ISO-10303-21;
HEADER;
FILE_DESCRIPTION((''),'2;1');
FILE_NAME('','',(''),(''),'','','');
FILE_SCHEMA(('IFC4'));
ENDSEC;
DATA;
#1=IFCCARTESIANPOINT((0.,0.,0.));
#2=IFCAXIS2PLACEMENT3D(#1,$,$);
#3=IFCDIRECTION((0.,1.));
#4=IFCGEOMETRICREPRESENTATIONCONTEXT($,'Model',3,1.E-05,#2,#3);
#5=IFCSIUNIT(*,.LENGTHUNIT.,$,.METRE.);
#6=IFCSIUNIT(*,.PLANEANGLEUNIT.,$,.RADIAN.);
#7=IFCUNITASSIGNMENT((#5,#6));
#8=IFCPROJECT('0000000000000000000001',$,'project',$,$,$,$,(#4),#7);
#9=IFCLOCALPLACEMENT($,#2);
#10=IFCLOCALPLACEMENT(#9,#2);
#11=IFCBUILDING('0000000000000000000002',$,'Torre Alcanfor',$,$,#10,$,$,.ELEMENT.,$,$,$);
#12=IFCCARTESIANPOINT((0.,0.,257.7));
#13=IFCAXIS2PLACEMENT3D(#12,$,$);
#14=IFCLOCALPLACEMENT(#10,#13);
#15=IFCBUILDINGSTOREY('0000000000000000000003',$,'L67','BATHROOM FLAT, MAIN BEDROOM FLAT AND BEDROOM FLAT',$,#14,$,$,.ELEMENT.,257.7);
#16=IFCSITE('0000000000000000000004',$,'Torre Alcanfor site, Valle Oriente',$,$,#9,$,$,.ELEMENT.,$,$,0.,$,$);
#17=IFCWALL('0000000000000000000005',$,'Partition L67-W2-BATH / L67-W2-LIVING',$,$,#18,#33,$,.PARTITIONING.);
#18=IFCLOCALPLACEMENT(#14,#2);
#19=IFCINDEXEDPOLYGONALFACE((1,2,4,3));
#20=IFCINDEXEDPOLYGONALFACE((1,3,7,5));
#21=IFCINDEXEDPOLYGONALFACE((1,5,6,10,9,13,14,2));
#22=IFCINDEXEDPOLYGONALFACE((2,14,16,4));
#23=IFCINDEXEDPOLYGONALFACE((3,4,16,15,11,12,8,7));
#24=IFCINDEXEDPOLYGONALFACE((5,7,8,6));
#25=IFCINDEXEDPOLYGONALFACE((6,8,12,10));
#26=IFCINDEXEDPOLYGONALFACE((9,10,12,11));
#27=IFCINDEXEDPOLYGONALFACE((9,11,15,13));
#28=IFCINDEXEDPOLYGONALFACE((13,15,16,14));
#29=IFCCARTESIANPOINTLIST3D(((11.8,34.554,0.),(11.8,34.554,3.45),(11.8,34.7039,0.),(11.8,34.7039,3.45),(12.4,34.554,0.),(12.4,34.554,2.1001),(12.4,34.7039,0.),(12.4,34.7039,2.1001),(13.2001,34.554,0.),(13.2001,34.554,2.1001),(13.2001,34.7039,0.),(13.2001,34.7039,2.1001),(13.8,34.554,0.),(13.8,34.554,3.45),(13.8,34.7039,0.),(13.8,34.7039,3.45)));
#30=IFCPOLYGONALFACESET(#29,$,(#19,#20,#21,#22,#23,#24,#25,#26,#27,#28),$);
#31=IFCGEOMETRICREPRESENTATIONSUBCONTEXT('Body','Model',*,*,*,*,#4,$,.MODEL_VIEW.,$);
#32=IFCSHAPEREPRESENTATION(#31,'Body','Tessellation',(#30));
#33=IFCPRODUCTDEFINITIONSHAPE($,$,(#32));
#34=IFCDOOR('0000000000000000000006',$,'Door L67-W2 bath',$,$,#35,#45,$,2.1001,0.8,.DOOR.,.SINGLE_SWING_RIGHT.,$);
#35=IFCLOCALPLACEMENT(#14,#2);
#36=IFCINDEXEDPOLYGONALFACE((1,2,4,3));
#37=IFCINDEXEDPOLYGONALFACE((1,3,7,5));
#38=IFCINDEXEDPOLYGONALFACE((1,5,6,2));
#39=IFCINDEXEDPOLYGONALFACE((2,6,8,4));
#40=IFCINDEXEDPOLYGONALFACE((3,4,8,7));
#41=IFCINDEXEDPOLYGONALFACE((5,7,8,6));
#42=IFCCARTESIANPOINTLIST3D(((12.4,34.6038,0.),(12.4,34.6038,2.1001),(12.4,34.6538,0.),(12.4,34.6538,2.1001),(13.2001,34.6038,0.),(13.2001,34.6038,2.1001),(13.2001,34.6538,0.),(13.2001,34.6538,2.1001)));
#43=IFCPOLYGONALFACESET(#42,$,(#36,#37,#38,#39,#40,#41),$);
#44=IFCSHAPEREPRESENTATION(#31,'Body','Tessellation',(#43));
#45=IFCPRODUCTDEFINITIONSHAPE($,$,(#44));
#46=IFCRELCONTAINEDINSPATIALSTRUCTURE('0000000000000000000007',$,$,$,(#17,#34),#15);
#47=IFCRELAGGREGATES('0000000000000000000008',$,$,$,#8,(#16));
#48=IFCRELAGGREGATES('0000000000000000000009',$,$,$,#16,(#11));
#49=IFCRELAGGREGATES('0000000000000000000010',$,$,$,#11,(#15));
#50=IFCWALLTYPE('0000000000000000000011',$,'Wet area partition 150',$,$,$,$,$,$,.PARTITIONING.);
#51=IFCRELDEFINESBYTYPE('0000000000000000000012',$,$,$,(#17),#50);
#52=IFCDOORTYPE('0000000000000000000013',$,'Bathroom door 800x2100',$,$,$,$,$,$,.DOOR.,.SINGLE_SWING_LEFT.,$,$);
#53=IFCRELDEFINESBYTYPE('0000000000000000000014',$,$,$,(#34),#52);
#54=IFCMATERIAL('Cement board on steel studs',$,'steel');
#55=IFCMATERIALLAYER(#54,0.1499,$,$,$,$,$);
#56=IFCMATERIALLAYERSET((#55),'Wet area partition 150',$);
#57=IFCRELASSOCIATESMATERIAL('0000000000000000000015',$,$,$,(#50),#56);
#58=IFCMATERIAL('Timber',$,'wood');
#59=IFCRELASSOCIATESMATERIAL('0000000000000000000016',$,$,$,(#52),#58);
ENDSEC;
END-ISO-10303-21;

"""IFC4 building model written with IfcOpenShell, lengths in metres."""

from ifc_helpers import new_model, si_unit, direction, frame, frame_2d, origin, place, context, subcontext, project, spatial, rectangle, extrude, material, layer, layer_set, type_object, element, fill, save


model = new_model("IFC4")

# Units and contexts
model_context = context("Model", 3, precision=1e-05, world=origin(), true_north=direction((0.0, 1.0)))
body_context = subcontext(model_context, "Body", "Model", "MODEL_VIEW")
ifc_project = project(units=[si_unit("LENGTHUNIT", "METRE"), si_unit("PLANEANGLEUNIT", "RADIAN")], contexts=[model_context])

# Site, building, storey
site_placement = place(None, origin())
site = spatial("IfcSite", under=ifc_project, at=site_placement, Name="Torre Alcanfor site, Valle Oriente", CompositionType="ELEMENT", RefElevation=0.0)
building_placement = place(site_placement, origin())
building = spatial("IfcBuilding", under=site, at=building_placement, Name="Torre Alcanfor", CompositionType="ELEMENT")
storey_placement = place(building_placement, frame((0.0, 0.0, 257.7)))
storey = spatial("IfcBuildingStorey", under=building, at=storey_placement, Name="L67", Description="BATHROOM FLAT, MAIN BEDROOM FLAT AND BEDROOM FLAT", CompositionType="ELEMENT", Elevation=257.7)

# Shared definitions
ifc_material_1 = material(Name="Cement board on steel studs", Category="steel")
ifc_layer_1 = layer(ifc_material_1, 0.1499)
ifc_layer_set_1 = layer_set([ifc_layer_1], Name="Wet area partition 150")
wall_type_1 = type_object("IfcWallType", Name="Wet area partition 150", PredefinedType="PARTITIONING", material=ifc_layer_set_1)

# Wall, opening, door
wall_1_placement = place(storey_placement, frame((11.8, 34.6289, 0.0), z_axis=(0.0, 0.0, 1.0), x_axis=(1.0, 0.0, 0.0)))
wall_1 = element("IfcWall", 1, at=wall_1_placement, inside=storey, type_object=wall_type_1, Name="Partition L67-W2-BATH / L67-W2-LIVING", PredefinedType="PARTITIONING", context=body_context, shape_type="SweptSolid", body=[
    extrude(rectangle(XDim=2.0, YDim=0.1499, at=frame_2d((1.0, 0.0))), origin(), (0.0, 0.0, 1.0), 3.45),
])
opening_1_placement = place(wall_1_placement, frame((0.6001, 0.0, 0.0)))
opening_1 = element("IfcOpeningElement", 2, at=opening_1_placement, cuts=wall_1, PredefinedType="OPENING", context=body_context, shape_type="SweptSolid", body=[
    extrude(rectangle(XDim=0.8, YDim=2.1001, at=frame_2d((0.3999, 1.05))), frame((0.0, 0.085, 0.0), z_axis=(0.0, -1.0, 0.0), x_axis=(1.0, 0.0, 0.0)), (0.0, 0.0, 1.0), 0.1699),
])
ifc_material_2 = material(Name="Timber", Category="wood")
door_type_1 = type_object("IfcDoorType", Name="Bathroom door 800x2100", OperationType="SINGLE_SWING_LEFT", PredefinedType="DOOR", material=ifc_material_2)
door_1_placement = place(opening_1_placement, frame((0.8, 0.0, 0.0), z_axis=(0.0, 0.0, 1.0), x_axis=(-1.0, 0.0, 0.0)))
door_1 = element("IfcDoor", 3, at=door_1_placement, inside=storey, type_object=door_type_1, Name="Door L67-W2 bath", OperationType="SINGLE_SWING_RIGHT", OverallHeight=2.1001, OverallWidth=0.8, PredefinedType="DOOR", context=body_context, shape_type="SweptSolid", body=[
    extrude(rectangle(XDim=0.8, YDim=2.1001, at=frame_2d((0.4001, 1.05))), frame((0.0, 0.0251, 0.0), z_axis=(0.0, -1.0, 0.0), x_axis=(1.0, 0.0, 0.0)), (0.0, 0.0, 1.0), 0.05),
])
fill(opening_1, door_1)

save(model, "model.ifc")
